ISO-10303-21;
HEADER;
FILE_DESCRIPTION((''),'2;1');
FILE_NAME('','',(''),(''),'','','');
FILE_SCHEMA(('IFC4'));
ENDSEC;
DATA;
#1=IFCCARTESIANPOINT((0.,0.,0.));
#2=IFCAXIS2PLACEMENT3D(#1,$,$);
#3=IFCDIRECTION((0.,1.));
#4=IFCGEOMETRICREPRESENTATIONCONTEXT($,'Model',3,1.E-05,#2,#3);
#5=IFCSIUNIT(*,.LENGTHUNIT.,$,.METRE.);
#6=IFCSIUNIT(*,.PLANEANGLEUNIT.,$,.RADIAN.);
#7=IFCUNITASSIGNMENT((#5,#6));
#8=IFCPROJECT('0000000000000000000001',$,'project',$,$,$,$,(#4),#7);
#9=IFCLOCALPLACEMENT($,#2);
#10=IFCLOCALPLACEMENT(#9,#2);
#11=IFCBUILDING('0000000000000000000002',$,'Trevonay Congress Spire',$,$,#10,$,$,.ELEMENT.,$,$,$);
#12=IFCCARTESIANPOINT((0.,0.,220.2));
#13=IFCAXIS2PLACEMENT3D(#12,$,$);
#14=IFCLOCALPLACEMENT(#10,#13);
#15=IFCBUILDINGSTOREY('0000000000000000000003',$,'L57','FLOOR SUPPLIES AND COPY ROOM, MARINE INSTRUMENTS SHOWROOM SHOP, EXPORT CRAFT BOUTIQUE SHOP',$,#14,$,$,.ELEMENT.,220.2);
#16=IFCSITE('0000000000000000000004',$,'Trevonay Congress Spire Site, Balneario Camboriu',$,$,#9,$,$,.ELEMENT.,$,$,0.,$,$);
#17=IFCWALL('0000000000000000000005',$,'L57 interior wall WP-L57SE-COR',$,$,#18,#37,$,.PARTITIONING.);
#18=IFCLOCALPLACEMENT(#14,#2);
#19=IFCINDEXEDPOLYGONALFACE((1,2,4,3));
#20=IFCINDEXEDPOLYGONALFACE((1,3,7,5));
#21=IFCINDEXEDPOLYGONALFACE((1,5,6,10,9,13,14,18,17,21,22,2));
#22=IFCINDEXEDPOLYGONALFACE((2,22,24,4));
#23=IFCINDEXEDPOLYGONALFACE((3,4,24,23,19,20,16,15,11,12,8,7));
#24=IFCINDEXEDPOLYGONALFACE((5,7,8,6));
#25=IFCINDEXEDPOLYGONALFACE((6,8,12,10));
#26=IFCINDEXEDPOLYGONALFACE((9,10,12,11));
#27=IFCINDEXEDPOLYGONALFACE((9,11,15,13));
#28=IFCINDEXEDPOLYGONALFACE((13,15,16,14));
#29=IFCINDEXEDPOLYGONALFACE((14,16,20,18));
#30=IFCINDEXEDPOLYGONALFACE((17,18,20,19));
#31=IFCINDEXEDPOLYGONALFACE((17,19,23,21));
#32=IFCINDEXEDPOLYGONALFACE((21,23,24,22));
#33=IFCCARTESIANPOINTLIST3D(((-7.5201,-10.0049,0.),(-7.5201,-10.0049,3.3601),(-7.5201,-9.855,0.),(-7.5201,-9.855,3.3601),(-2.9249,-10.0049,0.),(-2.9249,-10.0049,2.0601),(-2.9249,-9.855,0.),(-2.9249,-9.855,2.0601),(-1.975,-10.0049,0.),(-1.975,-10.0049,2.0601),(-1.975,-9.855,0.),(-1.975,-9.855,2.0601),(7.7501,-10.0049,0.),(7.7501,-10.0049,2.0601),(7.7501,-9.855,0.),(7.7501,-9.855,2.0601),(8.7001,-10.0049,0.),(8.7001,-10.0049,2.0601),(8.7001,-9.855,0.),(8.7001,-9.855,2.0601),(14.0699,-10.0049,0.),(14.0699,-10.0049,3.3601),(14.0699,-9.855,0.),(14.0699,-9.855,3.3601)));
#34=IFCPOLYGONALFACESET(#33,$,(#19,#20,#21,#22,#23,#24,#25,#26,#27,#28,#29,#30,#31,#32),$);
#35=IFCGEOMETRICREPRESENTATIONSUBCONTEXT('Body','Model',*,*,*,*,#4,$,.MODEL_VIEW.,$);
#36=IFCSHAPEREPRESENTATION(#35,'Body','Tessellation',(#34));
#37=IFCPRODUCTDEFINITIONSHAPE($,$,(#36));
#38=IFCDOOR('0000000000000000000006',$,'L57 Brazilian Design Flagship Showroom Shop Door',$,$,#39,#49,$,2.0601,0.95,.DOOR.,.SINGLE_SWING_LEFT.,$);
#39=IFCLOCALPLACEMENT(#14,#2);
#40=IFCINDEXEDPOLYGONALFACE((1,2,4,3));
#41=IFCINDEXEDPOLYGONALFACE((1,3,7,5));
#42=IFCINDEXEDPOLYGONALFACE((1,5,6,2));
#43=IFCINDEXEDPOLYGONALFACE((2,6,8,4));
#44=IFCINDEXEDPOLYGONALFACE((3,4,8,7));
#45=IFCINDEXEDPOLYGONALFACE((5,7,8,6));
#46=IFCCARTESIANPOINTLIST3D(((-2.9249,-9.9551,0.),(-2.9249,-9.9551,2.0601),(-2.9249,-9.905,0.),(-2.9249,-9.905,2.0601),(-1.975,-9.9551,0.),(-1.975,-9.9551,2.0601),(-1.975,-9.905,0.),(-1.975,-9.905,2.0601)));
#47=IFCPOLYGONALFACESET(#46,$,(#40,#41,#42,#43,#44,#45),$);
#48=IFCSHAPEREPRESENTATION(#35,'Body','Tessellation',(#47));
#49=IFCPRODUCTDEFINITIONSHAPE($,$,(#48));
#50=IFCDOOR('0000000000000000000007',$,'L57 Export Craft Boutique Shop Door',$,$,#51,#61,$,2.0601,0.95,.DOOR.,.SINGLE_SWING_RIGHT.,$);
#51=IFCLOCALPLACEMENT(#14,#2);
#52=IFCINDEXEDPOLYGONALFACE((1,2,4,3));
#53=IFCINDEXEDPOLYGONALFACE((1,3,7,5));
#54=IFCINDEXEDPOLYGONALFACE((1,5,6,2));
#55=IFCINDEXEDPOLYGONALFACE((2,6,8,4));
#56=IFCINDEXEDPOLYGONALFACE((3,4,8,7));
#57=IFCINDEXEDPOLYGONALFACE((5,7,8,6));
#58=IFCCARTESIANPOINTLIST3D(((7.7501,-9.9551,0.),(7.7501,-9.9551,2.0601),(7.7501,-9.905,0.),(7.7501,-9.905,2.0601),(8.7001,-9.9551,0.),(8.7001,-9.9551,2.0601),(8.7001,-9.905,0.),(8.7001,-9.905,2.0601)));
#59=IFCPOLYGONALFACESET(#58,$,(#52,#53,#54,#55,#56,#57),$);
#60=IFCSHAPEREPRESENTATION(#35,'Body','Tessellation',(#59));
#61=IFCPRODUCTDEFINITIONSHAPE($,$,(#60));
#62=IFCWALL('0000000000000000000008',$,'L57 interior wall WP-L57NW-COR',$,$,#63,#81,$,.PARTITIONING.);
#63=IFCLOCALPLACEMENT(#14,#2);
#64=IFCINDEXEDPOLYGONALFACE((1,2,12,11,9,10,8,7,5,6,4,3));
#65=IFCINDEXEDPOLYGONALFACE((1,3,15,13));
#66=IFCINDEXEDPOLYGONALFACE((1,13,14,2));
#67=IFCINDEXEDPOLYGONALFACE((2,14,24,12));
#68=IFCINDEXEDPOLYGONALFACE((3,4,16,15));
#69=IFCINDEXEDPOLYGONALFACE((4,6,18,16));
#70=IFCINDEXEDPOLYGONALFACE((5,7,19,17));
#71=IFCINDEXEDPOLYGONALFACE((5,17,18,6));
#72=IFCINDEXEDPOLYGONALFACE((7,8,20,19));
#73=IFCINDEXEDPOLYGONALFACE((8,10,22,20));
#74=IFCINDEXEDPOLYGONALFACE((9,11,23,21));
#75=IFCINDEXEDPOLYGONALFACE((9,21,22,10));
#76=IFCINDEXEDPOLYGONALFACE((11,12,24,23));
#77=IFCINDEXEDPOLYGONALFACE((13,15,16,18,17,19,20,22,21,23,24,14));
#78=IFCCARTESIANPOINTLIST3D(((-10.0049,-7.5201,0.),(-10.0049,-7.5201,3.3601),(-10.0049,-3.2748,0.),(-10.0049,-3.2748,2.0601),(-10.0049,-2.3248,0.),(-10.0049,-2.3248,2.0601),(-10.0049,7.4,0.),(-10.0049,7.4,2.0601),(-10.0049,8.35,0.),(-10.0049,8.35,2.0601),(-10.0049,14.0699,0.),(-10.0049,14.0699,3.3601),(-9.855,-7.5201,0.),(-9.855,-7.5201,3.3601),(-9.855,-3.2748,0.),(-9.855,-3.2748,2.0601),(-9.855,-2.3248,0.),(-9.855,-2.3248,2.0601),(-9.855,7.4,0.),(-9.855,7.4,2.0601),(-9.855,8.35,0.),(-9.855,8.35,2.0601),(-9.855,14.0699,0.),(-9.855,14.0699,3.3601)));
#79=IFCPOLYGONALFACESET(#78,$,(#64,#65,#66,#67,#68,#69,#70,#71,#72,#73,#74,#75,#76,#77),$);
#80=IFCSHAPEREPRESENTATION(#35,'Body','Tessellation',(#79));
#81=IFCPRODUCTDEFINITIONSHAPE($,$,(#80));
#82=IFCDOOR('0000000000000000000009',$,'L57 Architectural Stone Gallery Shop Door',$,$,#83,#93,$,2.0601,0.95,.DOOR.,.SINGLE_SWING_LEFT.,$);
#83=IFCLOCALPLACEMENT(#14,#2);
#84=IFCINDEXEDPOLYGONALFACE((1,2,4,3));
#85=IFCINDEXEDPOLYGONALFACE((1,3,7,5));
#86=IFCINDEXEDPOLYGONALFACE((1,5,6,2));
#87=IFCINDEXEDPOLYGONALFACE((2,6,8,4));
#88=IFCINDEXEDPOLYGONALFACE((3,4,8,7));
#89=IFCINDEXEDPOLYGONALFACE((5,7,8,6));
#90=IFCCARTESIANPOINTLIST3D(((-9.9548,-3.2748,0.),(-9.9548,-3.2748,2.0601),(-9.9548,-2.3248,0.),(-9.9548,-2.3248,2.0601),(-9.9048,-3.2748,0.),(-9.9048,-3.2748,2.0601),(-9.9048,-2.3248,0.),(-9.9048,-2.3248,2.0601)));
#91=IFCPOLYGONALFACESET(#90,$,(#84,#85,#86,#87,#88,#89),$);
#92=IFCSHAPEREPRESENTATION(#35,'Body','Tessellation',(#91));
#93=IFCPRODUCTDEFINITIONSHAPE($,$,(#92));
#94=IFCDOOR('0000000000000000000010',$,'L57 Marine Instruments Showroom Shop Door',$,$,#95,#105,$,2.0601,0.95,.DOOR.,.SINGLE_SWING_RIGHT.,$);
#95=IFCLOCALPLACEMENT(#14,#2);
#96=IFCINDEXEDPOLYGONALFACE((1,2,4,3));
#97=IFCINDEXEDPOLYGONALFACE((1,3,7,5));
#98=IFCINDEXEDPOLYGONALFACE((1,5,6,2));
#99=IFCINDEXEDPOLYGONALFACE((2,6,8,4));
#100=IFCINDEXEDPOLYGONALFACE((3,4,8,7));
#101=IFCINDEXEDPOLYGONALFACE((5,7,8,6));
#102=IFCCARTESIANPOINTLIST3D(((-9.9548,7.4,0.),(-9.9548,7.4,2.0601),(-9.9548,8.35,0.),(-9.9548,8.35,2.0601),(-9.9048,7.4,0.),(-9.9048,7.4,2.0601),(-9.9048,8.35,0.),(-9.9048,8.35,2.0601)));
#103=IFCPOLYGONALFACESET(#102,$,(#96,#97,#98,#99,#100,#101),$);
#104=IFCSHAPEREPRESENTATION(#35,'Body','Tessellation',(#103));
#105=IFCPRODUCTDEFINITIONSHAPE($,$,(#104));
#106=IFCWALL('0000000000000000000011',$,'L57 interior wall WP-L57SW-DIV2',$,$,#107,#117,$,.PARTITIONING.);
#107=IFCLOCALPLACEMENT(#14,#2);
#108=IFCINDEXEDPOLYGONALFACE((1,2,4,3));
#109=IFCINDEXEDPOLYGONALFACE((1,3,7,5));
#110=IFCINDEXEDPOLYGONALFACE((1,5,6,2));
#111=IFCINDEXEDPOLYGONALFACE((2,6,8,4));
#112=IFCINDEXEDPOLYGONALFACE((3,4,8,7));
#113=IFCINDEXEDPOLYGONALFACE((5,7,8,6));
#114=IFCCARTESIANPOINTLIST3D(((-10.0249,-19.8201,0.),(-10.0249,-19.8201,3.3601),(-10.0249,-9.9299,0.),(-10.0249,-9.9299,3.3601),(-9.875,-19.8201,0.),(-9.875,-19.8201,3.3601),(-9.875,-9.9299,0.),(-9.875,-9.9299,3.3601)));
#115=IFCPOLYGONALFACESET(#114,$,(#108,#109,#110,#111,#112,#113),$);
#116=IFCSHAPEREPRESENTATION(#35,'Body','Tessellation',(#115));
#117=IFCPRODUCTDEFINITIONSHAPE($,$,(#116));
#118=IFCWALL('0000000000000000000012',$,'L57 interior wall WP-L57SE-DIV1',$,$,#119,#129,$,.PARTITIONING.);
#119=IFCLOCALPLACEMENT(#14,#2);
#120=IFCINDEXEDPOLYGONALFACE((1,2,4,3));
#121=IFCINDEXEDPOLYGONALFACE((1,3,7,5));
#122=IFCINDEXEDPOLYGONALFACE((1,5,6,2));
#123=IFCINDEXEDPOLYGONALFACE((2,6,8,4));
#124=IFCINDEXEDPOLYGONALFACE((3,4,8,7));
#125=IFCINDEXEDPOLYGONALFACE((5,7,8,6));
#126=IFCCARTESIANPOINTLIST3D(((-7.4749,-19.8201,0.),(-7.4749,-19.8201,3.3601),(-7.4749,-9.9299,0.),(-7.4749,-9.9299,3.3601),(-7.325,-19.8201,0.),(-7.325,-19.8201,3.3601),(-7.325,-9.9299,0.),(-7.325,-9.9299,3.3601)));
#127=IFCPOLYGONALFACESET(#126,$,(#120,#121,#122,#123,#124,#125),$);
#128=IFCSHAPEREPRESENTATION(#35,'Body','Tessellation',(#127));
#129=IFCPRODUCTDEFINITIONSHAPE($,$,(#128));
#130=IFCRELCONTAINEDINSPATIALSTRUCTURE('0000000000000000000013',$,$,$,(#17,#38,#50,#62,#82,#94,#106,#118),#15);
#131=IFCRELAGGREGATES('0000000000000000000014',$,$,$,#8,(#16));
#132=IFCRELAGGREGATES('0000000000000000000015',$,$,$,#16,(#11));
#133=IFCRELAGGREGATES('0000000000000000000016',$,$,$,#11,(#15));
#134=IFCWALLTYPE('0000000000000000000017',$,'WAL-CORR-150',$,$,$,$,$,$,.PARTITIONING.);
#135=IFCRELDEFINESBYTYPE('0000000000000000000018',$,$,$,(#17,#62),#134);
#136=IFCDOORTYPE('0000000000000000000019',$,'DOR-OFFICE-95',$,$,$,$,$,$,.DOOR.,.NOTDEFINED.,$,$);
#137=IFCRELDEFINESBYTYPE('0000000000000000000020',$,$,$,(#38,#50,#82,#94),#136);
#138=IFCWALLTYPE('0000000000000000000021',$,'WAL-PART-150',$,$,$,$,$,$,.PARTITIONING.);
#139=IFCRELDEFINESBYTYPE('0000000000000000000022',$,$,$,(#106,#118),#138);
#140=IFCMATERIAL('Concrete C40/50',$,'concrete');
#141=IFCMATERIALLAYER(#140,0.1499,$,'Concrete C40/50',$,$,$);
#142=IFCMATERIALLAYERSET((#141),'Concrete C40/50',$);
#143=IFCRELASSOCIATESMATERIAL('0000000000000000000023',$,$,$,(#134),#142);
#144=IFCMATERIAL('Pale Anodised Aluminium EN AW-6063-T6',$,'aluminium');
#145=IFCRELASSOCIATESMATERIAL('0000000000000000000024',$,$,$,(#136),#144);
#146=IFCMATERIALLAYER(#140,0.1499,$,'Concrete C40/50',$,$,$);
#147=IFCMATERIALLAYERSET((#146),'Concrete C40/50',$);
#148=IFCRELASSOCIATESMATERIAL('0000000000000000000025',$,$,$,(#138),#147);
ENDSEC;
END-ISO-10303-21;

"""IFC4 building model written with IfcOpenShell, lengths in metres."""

from ifc_helpers import new_model, si_unit, direction, frame, frame_2d, origin, place, context, subcontext, project, spatial, rectangle, extrude, material, layer, layer_set, type_object, element, fill, save


model = new_model("IFC4")

# Units and contexts
model_context = context("Model", 3, precision=1e-05, world=origin(), true_north=direction((0.0, 1.0)))
body_context = subcontext(model_context, "Body", "Model", "MODEL_VIEW")
ifc_project = project(units=[si_unit("LENGTHUNIT", "METRE"), si_unit("PLANEANGLEUNIT", "RADIAN")], contexts=[model_context])

# Site, building, storey
site_placement = place(None, origin())
site = spatial("IfcSite", under=ifc_project, at=site_placement, Name="Trevonay Congress Spire Site, Balneario Camboriu", CompositionType="ELEMENT", RefElevation=0.0)
building_placement = place(site_placement, origin())
building = spatial("IfcBuilding", under=site, at=building_placement, Name="Trevonay Congress Spire", CompositionType="ELEMENT")
storey_placement = place(building_placement, frame((0.0, 0.0, 220.2)))
storey = spatial("IfcBuildingStorey", under=building, at=storey_placement, Name="L57", Description="FLOOR SUPPLIES AND COPY ROOM, MARINE INSTRUMENTS SHOWROOM SHOP, EXPORT CRAFT BOUTIQUE SHOP", CompositionType="ELEMENT", Elevation=220.2)

# Shared definitions
ifc_material_1 = material(Name="Pale Anodised Aluminium EN AW-6063-T6", Category="aluminium")

# Walls, openings, doors
ifc_material_2 = material(Name="Concrete C40/50", Category="concrete")
ifc_layer_1 = layer(ifc_material_2, 0.1499, Name="Concrete C40/50")
ifc_layer_set_1 = layer_set([ifc_layer_1], Name="Concrete C40/50")
wall_type_1 = type_object("IfcWallType", Name="WAL-CORR-150", PredefinedType="PARTITIONING", material=ifc_layer_set_1)
wall_1_placement = place(storey_placement, frame((-7.52, -9.9299, 0.0), z_axis=(0.0, 0.0, 1.0), x_axis=(1.0, 0.0, 0.0)))
wall_1 = element("IfcWall", 1, at=wall_1_placement, inside=storey, type_object=wall_type_1, Name="L57 interior wall WP-L57SE-COR", PredefinedType="PARTITIONING", context=body_context, shape_type="SweptSolid", body=[
    extrude(rectangle(XDim=21.5901, YDim=0.1499, at=frame_2d((10.7949, 0.0))), origin(), (0.0, 0.0, 1.0), 3.3601),
])
opening_1_placement = place(wall_1_placement, frame((4.595, 0.0, 0.0)))
opening_1 = element("IfcOpeningElement", 2, at=opening_1_placement, cuts=wall_1, PredefinedType="OPENING", context=body_context, shape_type="SweptSolid", body=[
    extrude(rectangle(XDim=0.95, YDim=2.0601, at=frame_2d((0.4751, 1.03))), frame((0.0, 0.085, 0.0), z_axis=(0.0, -1.0, 0.0), x_axis=(1.0, 0.0, 0.0)), (0.0, 0.0, 1.0), 0.1699),
])
opening_2_placement = place(wall_1_placement, frame((15.27, 0.0, 0.0)))
opening_2 = element("IfcOpeningElement", 3, at=opening_2_placement, cuts=wall_1, PredefinedType="OPENING", context=body_context, shape_type="SweptSolid", body=[
    extrude(rectangle(XDim=0.95, YDim=2.0601, at=frame_2d((0.4751, 1.03))), frame((0.0, 0.085, 0.0), z_axis=(0.0, -1.0, 0.0), x_axis=(1.0, 0.0, 0.0)), (0.0, 0.0, 1.0), 0.1699),
])
door_type = type_object("IfcDoorType", Name="DOR-OFFICE-95", OperationType="NOTDEFINED", PredefinedType="DOOR", material=ifc_material_1)
door_1_placement = place(opening_1_placement, origin())
door_1 = element("IfcDoor", 4, at=door_1_placement, inside=storey, type_object=door_type, Name="L57 Brazilian Design Flagship Showroom Shop Door", OperationType="SINGLE_SWING_LEFT", OverallHeight=2.0601, OverallWidth=0.95, PredefinedType="DOOR", context=body_context, shape_type="SweptSolid", body=[
    extrude(rectangle(XDim=0.95, YDim=2.0601, at=frame_2d((0.4751, 1.03))), frame((0.0, 0.0249, 0.0), z_axis=(0.0, -1.0, 0.0), x_axis=(1.0, 0.0, 0.0)), (0.0, 0.0, 1.0), 0.05),
])
fill(opening_1, door_1)
door_2_placement = place(opening_2_placement, origin())
door_2 = element("IfcDoor", 5, at=door_2_placement, inside=storey, type_object=door_type, Name="L57 Export Craft Boutique Shop Door", OperationType="SINGLE_SWING_RIGHT", OverallHeight=2.0601, OverallWidth=0.95, PredefinedType="DOOR", context=body_context, shape_type="SweptSolid", body=[
    extrude(rectangle(XDim=0.95, YDim=2.0601, at=frame_2d((0.4751, 1.03))), frame((0.0, 0.0249, 0.0), z_axis=(0.0, -1.0, 0.0), x_axis=(1.0, 0.0, 0.0)), (0.0, 0.0, 1.0), 0.05),
])
fill(opening_2, door_2)
wall_2_placement = place(storey_placement, frame((-9.9299, -7.52, 0.0), z_axis=(0.0, 0.0, 1.0), x_axis=(0.0, 1.0, 0.0)))
wall_2 = element("IfcWall", 6, at=wall_2_placement, inside=storey, type_object=wall_type_1, Name="L57 interior wall WP-L57NW-COR", PredefinedType="PARTITIONING", context=body_context, shape_type="SweptSolid", body=[
    extrude(rectangle(XDim=21.5901, YDim=0.1499, at=frame_2d((10.7949, 0.0))), origin(), (0.0, 0.0, 1.0), 3.3601),
])
opening_3_placement = place(wall_2_placement, frame((4.2451, 0.0, 0.0)))
opening_3 = element("IfcOpeningElement", 7, at=opening_3_placement, cuts=wall_2, PredefinedType="OPENING", context=body_context, shape_type="SweptSolid", body=[
    extrude(rectangle(XDim=0.95, YDim=2.0601, at=frame_2d((0.4751, 1.03))), frame((0.0, 0.085, 0.0), z_axis=(0.0, -1.0, 0.0), x_axis=(1.0, 0.0, 0.0)), (0.0, 0.0, 1.0), 0.1699),
])
opening_4_placement = place(wall_2_placement, frame((14.9199, 0.0, 0.0)))
opening_4 = element("IfcOpeningElement", 8, at=opening_4_placement, cuts=wall_2, PredefinedType="OPENING", context=body_context, shape_type="SweptSolid", body=[
    extrude(rectangle(XDim=0.95, YDim=2.0601, at=frame_2d((0.4751, 1.03))), frame((0.0, 0.085, 0.0), z_axis=(0.0, -1.0, 0.0), x_axis=(1.0, 0.0, 0.0)), (0.0, 0.0, 1.0), 0.1699),
])
door_3_placement = place(opening_3_placement, origin())
door_3 = element("IfcDoor", 9, at=door_3_placement, inside=storey, type_object=door_type, Name="L57 Architectural Stone Gallery Shop Door", OperationType="SINGLE_SWING_LEFT", OverallHeight=2.0601, OverallWidth=0.95, PredefinedType="DOOR", context=body_context, shape_type="SweptSolid", body=[
    extrude(rectangle(XDim=0.95, YDim=2.0601, at=frame_2d((0.4751, 1.03))), frame((0.0, 0.0249, 0.0), z_axis=(0.0, -1.0, 0.0), x_axis=(1.0, 0.0, 0.0)), (0.0, 0.0, 1.0), 0.05),
])
fill(opening_3, door_3)
door_4_placement = place(opening_4_placement, origin())
door_4 = element("IfcDoor", 10, at=door_4_placement, inside=storey, type_object=door_type, Name="L57 Marine Instruments Showroom Shop Door", OperationType="SINGLE_SWING_RIGHT", OverallHeight=2.0601, OverallWidth=0.95, PredefinedType="DOOR", context=body_context, shape_type="SweptSolid", body=[
    extrude(rectangle(XDim=0.95, YDim=2.0601, at=frame_2d((0.4751, 1.03))), frame((0.0, 0.0249, 0.0), z_axis=(0.0, -1.0, 0.0), x_axis=(1.0, 0.0, 0.0)), (0.0, 0.0, 1.0), 0.05),
])
fill(opening_4, door_4)

# Walls
ifc_layer_2 = layer(ifc_material_2, 0.1499, Name="Concrete C40/50")
ifc_layer_set_2 = layer_set([ifc_layer_2], Name="Concrete C40/50")
wall_type_2 = type_object("IfcWallType", Name="WAL-PART-150", PredefinedType="PARTITIONING", material=ifc_layer_set_2)
for number, where, z_axis, x_axis, name in (
    (11, (-9.95, -19.8201, 0.0), (0.0, 0.0, 1.0), (0.0, 1.0, 0.0), "L57 interior wall WP-L57SW-DIV2"),
    (12, (-7.3999, -19.8201, 0.0), (0.0, 0.0, 1.0), (0.0, 1.0, 0.0), "L57 interior wall WP-L57SE-DIV1"),
):
    element("IfcWall", number, at=place(storey_placement, frame(where, z_axis=z_axis, x_axis=x_axis)), inside=storey, type_object=wall_type_2, Name=name, PredefinedType="PARTITIONING", context=body_context, shape_type="SweptSolid", body=[
        extrude(rectangle(XDim=9.8901, YDim=0.1499, at=frame_2d((4.9451, 0.0))), origin(), (0.0, 0.0, 1.0), 3.3601),
    ])

save(model, "model.ifc")
